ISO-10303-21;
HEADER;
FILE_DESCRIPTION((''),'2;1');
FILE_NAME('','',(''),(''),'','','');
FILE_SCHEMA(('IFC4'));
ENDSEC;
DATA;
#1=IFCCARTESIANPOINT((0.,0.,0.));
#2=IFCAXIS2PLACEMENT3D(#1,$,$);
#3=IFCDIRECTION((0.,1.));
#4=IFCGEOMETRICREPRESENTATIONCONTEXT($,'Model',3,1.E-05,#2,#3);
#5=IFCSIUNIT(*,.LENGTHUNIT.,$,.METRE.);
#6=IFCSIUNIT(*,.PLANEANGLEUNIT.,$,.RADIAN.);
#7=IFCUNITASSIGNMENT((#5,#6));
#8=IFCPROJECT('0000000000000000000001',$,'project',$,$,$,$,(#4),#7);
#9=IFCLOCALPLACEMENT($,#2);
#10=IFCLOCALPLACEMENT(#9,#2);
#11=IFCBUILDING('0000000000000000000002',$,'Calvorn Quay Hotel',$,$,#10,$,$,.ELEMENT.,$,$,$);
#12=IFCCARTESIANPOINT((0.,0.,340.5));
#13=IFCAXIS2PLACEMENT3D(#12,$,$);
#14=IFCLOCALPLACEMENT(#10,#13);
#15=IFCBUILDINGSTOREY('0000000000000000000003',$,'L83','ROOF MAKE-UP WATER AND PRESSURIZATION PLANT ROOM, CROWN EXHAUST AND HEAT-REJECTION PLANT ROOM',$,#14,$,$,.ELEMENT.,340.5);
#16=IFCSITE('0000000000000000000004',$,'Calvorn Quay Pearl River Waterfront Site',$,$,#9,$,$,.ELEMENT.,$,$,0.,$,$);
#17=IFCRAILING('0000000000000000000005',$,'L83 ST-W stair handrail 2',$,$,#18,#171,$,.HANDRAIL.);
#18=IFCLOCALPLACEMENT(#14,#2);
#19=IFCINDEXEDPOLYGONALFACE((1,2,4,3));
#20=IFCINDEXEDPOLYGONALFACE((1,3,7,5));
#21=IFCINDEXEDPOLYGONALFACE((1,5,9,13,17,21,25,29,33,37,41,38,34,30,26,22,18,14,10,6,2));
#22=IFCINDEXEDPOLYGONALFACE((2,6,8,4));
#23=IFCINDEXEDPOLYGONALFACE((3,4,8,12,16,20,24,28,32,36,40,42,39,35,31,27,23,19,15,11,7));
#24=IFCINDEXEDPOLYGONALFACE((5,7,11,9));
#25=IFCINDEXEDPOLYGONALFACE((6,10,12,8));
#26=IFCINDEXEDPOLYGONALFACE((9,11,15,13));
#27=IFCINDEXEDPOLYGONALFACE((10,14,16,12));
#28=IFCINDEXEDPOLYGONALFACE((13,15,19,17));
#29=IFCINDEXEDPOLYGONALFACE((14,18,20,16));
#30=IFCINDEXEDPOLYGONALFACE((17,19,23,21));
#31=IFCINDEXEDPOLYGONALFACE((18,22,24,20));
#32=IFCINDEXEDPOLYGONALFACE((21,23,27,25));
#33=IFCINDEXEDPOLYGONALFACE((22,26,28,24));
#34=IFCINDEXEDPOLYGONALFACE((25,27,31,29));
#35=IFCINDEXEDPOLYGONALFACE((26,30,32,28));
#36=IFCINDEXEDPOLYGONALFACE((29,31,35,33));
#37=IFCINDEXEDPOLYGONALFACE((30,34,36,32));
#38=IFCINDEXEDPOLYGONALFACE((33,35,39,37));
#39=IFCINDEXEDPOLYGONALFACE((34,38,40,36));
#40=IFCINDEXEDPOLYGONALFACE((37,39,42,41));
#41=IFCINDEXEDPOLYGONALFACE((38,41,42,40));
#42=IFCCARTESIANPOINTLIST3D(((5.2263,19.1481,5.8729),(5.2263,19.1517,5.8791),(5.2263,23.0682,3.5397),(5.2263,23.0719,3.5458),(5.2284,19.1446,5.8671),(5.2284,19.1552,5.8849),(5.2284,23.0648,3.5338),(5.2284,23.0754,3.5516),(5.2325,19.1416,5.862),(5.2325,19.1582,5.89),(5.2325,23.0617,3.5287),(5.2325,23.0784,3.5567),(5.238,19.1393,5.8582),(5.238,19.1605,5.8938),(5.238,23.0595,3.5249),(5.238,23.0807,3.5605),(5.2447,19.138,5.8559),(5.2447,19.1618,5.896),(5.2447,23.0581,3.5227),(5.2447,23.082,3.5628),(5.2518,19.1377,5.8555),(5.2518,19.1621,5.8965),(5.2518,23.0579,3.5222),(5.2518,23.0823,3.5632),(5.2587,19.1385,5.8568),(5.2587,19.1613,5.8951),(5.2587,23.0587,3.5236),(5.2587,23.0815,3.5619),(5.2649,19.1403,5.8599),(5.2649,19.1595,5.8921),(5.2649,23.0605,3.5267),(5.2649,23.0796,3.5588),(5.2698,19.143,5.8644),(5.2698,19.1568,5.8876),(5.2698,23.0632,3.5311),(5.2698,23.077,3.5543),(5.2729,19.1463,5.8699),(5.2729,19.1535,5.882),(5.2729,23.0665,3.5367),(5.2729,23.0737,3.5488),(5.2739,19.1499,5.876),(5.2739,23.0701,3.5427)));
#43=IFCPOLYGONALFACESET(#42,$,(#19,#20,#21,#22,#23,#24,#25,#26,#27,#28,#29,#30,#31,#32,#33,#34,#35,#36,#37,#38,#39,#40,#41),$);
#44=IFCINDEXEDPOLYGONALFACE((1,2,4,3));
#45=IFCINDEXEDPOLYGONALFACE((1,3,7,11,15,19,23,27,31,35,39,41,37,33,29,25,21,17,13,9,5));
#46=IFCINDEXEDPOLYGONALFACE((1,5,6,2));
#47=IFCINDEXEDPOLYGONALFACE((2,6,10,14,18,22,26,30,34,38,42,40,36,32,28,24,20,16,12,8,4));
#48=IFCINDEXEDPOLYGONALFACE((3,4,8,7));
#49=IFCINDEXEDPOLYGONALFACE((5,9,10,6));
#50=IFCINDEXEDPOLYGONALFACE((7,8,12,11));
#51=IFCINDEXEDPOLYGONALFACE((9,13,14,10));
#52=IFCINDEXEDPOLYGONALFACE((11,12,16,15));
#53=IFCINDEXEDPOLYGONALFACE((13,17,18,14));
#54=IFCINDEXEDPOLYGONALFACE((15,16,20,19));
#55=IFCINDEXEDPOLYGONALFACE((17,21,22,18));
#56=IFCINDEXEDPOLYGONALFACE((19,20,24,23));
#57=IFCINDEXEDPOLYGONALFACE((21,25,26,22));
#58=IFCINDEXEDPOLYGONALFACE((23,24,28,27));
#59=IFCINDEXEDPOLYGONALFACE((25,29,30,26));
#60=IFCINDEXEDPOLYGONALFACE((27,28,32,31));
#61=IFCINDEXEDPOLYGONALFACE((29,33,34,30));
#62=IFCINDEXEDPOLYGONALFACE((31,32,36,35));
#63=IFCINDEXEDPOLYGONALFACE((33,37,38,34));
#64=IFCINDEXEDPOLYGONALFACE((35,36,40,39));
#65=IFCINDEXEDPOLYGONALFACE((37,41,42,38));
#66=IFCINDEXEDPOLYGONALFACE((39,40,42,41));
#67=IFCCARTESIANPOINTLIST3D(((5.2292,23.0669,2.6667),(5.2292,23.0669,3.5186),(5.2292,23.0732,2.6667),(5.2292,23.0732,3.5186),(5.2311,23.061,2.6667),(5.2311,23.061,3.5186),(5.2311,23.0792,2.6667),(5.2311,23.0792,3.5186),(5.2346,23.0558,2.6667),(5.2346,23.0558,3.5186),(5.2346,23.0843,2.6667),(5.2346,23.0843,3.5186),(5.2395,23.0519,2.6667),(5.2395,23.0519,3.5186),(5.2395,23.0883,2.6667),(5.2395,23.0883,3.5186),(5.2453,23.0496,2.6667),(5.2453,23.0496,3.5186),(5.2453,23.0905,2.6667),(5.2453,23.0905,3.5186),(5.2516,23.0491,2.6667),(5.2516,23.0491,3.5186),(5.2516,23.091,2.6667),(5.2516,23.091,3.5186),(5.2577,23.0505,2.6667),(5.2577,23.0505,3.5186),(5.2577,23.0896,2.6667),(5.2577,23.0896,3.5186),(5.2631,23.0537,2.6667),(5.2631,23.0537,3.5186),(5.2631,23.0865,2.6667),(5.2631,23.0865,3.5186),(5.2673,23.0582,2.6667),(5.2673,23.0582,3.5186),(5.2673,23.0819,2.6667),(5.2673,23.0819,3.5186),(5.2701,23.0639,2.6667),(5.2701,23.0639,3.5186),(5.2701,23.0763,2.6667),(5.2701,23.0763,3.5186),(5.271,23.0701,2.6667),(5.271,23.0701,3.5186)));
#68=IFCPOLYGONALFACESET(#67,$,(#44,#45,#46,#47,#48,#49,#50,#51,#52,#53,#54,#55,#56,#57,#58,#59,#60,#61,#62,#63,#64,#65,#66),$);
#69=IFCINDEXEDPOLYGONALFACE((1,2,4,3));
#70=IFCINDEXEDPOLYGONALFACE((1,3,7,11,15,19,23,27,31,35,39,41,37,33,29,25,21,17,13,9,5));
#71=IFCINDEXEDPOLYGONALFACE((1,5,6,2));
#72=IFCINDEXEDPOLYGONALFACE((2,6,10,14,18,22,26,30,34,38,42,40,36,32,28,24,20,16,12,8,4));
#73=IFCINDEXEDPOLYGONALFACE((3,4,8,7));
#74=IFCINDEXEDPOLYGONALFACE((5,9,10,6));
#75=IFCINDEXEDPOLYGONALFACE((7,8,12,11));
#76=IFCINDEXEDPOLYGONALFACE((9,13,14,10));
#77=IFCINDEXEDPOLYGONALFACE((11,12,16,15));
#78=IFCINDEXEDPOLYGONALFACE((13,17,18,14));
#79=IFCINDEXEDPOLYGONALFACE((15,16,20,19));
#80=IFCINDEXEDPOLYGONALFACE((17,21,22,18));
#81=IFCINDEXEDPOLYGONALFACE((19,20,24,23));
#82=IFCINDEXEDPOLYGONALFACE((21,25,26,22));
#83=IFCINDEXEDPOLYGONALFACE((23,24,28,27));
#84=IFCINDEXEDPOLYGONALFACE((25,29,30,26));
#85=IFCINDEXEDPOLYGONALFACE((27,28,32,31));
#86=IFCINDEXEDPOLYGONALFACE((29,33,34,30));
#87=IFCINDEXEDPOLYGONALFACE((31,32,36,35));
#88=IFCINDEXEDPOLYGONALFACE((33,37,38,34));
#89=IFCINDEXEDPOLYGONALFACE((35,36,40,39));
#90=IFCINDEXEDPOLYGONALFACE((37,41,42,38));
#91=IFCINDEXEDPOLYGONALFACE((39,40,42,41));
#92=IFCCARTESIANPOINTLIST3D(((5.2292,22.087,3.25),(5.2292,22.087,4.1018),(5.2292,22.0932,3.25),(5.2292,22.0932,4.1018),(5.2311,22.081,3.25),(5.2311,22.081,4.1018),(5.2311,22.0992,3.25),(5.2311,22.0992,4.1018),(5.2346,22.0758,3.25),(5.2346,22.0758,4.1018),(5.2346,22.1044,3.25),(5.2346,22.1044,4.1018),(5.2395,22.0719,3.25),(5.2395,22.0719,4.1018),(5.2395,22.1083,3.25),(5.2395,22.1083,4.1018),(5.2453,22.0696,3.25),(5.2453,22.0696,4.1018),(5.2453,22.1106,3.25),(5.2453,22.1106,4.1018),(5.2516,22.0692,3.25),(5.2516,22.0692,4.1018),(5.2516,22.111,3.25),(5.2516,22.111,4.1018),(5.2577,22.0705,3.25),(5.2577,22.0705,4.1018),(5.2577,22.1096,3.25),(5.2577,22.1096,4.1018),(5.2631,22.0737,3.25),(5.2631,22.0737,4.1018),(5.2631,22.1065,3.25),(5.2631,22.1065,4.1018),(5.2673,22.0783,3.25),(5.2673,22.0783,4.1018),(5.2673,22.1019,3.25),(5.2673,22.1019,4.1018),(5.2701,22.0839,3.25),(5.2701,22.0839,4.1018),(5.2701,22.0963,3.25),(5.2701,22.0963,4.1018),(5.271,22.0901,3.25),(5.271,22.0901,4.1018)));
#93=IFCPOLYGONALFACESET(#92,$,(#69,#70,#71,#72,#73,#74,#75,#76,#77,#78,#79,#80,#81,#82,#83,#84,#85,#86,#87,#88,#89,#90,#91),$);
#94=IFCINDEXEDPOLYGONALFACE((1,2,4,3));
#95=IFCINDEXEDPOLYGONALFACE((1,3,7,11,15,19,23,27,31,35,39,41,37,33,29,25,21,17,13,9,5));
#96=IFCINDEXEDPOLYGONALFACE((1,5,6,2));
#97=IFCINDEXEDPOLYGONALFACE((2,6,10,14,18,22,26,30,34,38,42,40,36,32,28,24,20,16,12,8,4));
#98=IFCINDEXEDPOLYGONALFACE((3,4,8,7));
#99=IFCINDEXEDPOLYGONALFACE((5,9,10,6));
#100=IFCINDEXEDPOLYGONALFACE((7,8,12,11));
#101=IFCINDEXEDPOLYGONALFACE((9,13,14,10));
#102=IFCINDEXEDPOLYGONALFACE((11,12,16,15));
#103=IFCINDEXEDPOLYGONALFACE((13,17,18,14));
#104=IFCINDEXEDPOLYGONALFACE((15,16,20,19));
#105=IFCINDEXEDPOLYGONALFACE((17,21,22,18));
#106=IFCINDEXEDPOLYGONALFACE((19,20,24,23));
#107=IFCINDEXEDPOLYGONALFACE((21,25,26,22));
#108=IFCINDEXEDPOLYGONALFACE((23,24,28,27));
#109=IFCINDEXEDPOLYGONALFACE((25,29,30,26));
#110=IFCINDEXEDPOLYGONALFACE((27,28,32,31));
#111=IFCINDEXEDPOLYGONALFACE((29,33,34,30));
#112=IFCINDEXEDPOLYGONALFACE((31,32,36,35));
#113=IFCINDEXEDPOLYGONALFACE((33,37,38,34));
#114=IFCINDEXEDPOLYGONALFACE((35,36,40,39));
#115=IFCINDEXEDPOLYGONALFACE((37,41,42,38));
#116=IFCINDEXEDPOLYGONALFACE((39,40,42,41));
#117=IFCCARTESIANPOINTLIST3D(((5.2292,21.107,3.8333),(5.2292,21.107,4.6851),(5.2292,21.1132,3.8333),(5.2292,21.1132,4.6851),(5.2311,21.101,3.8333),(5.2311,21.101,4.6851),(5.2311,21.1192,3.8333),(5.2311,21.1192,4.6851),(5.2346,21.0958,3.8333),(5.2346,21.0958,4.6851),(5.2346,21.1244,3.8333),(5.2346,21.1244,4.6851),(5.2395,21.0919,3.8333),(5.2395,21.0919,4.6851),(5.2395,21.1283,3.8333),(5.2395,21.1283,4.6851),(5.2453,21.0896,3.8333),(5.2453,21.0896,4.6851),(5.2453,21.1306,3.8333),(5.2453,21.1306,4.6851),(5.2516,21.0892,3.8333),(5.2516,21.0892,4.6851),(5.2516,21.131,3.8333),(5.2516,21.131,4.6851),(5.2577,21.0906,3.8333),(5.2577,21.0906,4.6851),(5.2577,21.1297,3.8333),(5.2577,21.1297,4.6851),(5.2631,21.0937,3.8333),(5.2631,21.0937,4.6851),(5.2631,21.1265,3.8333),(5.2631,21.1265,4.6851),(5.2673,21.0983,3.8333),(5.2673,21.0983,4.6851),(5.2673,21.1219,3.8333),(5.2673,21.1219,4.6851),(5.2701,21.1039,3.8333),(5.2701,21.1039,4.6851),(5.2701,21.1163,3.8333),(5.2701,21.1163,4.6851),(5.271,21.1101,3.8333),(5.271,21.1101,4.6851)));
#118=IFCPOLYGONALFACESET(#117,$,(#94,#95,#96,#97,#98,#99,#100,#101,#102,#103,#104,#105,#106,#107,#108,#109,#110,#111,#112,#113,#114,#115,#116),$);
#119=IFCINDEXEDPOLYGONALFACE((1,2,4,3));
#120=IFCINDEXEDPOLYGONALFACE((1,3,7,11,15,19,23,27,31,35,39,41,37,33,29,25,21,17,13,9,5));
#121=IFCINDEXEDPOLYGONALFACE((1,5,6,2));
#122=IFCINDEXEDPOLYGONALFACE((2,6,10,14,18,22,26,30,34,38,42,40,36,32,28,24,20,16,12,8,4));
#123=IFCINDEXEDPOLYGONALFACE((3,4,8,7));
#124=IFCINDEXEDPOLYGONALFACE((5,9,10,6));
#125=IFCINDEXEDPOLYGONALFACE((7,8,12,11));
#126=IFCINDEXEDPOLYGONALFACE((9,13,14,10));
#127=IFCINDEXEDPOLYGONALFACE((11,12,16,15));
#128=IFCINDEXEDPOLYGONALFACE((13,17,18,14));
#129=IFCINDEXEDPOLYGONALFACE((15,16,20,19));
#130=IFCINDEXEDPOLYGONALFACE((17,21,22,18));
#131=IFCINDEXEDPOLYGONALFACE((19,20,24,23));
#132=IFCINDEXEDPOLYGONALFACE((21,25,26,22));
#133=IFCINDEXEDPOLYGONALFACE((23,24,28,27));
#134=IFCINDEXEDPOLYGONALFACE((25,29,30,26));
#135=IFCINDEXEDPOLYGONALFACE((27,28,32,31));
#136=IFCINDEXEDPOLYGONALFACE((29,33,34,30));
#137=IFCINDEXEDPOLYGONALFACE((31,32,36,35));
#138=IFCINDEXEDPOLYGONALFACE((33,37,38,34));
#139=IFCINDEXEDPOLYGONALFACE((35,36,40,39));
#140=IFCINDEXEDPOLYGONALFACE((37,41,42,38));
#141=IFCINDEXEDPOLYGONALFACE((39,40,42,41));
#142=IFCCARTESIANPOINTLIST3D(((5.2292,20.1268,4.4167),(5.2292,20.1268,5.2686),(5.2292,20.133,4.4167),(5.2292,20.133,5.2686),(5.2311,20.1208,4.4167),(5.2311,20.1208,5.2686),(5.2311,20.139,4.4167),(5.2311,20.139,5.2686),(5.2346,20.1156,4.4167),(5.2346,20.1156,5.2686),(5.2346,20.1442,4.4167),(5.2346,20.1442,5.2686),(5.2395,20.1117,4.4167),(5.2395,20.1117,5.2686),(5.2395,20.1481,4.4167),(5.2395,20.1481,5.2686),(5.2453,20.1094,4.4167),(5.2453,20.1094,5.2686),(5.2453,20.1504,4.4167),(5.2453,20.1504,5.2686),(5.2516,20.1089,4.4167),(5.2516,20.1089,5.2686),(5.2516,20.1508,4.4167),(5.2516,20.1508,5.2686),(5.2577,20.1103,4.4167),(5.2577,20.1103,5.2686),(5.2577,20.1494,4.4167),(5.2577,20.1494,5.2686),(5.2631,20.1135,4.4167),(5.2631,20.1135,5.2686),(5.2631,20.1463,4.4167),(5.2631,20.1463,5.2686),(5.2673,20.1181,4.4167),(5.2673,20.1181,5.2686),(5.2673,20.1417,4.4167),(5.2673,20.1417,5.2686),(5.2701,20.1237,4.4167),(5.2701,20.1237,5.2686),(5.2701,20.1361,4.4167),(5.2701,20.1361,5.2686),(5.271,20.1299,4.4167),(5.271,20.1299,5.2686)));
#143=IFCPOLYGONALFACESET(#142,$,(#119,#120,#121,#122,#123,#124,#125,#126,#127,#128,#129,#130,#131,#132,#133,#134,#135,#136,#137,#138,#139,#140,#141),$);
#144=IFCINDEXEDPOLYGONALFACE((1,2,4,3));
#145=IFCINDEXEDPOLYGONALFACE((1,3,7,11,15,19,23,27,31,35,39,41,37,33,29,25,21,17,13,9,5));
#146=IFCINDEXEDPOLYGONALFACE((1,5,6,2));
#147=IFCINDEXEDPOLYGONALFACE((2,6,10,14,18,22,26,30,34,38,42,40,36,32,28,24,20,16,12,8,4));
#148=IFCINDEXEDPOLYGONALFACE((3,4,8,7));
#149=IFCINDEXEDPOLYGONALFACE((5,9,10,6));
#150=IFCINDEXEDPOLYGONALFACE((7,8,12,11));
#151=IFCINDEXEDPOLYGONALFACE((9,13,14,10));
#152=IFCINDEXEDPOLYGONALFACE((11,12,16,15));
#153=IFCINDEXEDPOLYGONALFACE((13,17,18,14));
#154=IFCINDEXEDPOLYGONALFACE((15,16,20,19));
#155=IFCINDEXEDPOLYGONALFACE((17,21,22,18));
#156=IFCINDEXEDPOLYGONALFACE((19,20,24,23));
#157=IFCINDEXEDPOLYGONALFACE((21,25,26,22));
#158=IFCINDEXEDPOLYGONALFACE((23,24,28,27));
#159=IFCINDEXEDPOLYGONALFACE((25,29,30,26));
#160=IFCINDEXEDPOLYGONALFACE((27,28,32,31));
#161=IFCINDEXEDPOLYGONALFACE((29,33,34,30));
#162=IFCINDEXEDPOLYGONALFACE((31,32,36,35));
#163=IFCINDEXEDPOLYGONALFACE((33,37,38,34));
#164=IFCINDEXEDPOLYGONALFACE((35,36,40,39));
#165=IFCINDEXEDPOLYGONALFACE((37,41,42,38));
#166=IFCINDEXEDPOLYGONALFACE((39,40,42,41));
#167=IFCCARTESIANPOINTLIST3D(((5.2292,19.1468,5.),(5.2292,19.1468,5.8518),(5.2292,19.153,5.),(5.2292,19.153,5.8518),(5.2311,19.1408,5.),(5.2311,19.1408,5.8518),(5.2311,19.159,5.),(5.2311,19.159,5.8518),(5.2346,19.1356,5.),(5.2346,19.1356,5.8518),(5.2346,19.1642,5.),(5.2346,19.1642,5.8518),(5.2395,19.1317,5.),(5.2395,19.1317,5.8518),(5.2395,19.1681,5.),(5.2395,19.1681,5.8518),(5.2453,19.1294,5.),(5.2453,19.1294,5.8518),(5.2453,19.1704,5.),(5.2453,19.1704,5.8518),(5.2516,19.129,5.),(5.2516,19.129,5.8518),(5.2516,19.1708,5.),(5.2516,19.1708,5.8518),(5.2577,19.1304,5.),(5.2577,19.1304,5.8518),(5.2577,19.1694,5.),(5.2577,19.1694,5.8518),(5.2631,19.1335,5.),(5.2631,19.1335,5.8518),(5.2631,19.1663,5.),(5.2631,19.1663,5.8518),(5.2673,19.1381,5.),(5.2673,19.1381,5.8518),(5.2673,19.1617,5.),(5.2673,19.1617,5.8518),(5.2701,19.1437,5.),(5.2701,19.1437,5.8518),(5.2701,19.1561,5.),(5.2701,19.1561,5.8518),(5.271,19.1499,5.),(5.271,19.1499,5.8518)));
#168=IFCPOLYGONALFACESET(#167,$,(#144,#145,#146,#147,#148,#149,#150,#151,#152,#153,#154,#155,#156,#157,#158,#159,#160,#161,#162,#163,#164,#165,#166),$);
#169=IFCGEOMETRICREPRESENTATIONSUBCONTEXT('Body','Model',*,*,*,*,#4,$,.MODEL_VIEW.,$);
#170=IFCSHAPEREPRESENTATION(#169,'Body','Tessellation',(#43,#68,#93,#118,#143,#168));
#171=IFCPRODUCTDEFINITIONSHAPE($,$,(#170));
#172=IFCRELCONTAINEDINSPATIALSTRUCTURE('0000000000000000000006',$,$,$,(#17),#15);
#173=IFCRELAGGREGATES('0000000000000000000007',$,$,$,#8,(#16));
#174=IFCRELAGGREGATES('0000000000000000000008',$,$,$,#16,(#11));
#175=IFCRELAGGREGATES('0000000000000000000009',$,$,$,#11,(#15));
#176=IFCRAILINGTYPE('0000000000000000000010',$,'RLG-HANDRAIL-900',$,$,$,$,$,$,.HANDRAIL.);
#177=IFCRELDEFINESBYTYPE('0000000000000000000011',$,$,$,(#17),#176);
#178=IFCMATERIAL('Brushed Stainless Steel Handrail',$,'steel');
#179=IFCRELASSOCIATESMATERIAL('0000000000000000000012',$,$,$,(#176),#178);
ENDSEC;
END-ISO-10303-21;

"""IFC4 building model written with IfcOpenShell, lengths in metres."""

from ifc_helpers import new_model, si_unit, direction, frame, origin, origin_2d, place, context, subcontext, project, spatial, circle, extrude, material, type_object, element, save


model = new_model("IFC4")

# Units and contexts
model_context = context("Model", 3, precision=1e-05, world=origin(), true_north=direction((0.0, 1.0)))
body_context = subcontext(model_context, "Body", "Model", "MODEL_VIEW")
ifc_project = project(units=[si_unit("LENGTHUNIT", "METRE"), si_unit("PLANEANGLEUNIT", "RADIAN")], contexts=[model_context])

# Site, building, storey
site_placement = place(None, origin())
site = spatial("IfcSite", under=ifc_project, at=site_placement, Name="Calvorn Quay Pearl River Waterfront Site", CompositionType="ELEMENT", RefElevation=0.0)
building_placement = place(site_placement, origin())
building = spatial("IfcBuilding", under=site, at=building_placement, Name="Calvorn Quay Hotel", CompositionType="ELEMENT")
storey_placement = place(building_placement, frame((0.0, 0.0, 340.5)))
storey = spatial("IfcBuildingStorey", under=building, at=storey_placement, Name="L83", Description="ROOF MAKE-UP WATER AND PRESSURIZATION PLANT ROOM, CROWN EXHAUST AND HEAT-REJECTION PLANT ROOM", CompositionType="ELEMENT", Elevation=340.5)

# Railing
ifc_material_1 = material(Name="Brushed Stainless Steel Handrail", Category="steel")
railing_type_1 = type_object("IfcRailingType", Name="RLG-HANDRAIL-900", PredefinedType="HANDRAIL", material=ifc_material_1)
railing_1_placement = place(storey_placement, frame((5.25, 23.0701, 2.6667)))
element("IfcRailing", 1, at=railing_1_placement, inside=storey, type_object=railing_type_1, Name="L83 ST-W stair handrail 2", PredefinedType="HANDRAIL", context=body_context, shape_type="SweptSolid", body=[
    extrude(circle(Radius=0.0239, at=origin_2d()), frame((0.0, 0.0, 0.876), z_axis=(0.0, -0.85931, 0.511455), x_axis=(1.0, 0.0, 0.0)), (0.0, 0.0, 1.0), 4.562),
    extrude(circle(Radius=0.021, at=origin_2d()), origin(), (0.0, 0.0, 1.0), 0.8518),
    extrude(circle(Radius=0.021, at=origin_2d()), frame((0.0, -0.98, 0.5833)), (0.0, 0.0, 1.0), 0.8518),
    extrude(circle(Radius=0.021, at=origin_2d()), frame((0.0, -1.96, 1.1665)), (0.0, 0.0, 1.0), 0.8518),
    extrude(circle(Radius=0.021, at=origin_2d()), frame((0.0, -2.9402, 1.75)), (0.0, 0.0, 1.0), 0.8518),
    extrude(circle(Radius=0.021, at=origin_2d()), frame((0.0, -3.9202, 2.3333)), (0.0, 0.0, 1.0), 0.8518),
])

save(model, "model.ifc")
